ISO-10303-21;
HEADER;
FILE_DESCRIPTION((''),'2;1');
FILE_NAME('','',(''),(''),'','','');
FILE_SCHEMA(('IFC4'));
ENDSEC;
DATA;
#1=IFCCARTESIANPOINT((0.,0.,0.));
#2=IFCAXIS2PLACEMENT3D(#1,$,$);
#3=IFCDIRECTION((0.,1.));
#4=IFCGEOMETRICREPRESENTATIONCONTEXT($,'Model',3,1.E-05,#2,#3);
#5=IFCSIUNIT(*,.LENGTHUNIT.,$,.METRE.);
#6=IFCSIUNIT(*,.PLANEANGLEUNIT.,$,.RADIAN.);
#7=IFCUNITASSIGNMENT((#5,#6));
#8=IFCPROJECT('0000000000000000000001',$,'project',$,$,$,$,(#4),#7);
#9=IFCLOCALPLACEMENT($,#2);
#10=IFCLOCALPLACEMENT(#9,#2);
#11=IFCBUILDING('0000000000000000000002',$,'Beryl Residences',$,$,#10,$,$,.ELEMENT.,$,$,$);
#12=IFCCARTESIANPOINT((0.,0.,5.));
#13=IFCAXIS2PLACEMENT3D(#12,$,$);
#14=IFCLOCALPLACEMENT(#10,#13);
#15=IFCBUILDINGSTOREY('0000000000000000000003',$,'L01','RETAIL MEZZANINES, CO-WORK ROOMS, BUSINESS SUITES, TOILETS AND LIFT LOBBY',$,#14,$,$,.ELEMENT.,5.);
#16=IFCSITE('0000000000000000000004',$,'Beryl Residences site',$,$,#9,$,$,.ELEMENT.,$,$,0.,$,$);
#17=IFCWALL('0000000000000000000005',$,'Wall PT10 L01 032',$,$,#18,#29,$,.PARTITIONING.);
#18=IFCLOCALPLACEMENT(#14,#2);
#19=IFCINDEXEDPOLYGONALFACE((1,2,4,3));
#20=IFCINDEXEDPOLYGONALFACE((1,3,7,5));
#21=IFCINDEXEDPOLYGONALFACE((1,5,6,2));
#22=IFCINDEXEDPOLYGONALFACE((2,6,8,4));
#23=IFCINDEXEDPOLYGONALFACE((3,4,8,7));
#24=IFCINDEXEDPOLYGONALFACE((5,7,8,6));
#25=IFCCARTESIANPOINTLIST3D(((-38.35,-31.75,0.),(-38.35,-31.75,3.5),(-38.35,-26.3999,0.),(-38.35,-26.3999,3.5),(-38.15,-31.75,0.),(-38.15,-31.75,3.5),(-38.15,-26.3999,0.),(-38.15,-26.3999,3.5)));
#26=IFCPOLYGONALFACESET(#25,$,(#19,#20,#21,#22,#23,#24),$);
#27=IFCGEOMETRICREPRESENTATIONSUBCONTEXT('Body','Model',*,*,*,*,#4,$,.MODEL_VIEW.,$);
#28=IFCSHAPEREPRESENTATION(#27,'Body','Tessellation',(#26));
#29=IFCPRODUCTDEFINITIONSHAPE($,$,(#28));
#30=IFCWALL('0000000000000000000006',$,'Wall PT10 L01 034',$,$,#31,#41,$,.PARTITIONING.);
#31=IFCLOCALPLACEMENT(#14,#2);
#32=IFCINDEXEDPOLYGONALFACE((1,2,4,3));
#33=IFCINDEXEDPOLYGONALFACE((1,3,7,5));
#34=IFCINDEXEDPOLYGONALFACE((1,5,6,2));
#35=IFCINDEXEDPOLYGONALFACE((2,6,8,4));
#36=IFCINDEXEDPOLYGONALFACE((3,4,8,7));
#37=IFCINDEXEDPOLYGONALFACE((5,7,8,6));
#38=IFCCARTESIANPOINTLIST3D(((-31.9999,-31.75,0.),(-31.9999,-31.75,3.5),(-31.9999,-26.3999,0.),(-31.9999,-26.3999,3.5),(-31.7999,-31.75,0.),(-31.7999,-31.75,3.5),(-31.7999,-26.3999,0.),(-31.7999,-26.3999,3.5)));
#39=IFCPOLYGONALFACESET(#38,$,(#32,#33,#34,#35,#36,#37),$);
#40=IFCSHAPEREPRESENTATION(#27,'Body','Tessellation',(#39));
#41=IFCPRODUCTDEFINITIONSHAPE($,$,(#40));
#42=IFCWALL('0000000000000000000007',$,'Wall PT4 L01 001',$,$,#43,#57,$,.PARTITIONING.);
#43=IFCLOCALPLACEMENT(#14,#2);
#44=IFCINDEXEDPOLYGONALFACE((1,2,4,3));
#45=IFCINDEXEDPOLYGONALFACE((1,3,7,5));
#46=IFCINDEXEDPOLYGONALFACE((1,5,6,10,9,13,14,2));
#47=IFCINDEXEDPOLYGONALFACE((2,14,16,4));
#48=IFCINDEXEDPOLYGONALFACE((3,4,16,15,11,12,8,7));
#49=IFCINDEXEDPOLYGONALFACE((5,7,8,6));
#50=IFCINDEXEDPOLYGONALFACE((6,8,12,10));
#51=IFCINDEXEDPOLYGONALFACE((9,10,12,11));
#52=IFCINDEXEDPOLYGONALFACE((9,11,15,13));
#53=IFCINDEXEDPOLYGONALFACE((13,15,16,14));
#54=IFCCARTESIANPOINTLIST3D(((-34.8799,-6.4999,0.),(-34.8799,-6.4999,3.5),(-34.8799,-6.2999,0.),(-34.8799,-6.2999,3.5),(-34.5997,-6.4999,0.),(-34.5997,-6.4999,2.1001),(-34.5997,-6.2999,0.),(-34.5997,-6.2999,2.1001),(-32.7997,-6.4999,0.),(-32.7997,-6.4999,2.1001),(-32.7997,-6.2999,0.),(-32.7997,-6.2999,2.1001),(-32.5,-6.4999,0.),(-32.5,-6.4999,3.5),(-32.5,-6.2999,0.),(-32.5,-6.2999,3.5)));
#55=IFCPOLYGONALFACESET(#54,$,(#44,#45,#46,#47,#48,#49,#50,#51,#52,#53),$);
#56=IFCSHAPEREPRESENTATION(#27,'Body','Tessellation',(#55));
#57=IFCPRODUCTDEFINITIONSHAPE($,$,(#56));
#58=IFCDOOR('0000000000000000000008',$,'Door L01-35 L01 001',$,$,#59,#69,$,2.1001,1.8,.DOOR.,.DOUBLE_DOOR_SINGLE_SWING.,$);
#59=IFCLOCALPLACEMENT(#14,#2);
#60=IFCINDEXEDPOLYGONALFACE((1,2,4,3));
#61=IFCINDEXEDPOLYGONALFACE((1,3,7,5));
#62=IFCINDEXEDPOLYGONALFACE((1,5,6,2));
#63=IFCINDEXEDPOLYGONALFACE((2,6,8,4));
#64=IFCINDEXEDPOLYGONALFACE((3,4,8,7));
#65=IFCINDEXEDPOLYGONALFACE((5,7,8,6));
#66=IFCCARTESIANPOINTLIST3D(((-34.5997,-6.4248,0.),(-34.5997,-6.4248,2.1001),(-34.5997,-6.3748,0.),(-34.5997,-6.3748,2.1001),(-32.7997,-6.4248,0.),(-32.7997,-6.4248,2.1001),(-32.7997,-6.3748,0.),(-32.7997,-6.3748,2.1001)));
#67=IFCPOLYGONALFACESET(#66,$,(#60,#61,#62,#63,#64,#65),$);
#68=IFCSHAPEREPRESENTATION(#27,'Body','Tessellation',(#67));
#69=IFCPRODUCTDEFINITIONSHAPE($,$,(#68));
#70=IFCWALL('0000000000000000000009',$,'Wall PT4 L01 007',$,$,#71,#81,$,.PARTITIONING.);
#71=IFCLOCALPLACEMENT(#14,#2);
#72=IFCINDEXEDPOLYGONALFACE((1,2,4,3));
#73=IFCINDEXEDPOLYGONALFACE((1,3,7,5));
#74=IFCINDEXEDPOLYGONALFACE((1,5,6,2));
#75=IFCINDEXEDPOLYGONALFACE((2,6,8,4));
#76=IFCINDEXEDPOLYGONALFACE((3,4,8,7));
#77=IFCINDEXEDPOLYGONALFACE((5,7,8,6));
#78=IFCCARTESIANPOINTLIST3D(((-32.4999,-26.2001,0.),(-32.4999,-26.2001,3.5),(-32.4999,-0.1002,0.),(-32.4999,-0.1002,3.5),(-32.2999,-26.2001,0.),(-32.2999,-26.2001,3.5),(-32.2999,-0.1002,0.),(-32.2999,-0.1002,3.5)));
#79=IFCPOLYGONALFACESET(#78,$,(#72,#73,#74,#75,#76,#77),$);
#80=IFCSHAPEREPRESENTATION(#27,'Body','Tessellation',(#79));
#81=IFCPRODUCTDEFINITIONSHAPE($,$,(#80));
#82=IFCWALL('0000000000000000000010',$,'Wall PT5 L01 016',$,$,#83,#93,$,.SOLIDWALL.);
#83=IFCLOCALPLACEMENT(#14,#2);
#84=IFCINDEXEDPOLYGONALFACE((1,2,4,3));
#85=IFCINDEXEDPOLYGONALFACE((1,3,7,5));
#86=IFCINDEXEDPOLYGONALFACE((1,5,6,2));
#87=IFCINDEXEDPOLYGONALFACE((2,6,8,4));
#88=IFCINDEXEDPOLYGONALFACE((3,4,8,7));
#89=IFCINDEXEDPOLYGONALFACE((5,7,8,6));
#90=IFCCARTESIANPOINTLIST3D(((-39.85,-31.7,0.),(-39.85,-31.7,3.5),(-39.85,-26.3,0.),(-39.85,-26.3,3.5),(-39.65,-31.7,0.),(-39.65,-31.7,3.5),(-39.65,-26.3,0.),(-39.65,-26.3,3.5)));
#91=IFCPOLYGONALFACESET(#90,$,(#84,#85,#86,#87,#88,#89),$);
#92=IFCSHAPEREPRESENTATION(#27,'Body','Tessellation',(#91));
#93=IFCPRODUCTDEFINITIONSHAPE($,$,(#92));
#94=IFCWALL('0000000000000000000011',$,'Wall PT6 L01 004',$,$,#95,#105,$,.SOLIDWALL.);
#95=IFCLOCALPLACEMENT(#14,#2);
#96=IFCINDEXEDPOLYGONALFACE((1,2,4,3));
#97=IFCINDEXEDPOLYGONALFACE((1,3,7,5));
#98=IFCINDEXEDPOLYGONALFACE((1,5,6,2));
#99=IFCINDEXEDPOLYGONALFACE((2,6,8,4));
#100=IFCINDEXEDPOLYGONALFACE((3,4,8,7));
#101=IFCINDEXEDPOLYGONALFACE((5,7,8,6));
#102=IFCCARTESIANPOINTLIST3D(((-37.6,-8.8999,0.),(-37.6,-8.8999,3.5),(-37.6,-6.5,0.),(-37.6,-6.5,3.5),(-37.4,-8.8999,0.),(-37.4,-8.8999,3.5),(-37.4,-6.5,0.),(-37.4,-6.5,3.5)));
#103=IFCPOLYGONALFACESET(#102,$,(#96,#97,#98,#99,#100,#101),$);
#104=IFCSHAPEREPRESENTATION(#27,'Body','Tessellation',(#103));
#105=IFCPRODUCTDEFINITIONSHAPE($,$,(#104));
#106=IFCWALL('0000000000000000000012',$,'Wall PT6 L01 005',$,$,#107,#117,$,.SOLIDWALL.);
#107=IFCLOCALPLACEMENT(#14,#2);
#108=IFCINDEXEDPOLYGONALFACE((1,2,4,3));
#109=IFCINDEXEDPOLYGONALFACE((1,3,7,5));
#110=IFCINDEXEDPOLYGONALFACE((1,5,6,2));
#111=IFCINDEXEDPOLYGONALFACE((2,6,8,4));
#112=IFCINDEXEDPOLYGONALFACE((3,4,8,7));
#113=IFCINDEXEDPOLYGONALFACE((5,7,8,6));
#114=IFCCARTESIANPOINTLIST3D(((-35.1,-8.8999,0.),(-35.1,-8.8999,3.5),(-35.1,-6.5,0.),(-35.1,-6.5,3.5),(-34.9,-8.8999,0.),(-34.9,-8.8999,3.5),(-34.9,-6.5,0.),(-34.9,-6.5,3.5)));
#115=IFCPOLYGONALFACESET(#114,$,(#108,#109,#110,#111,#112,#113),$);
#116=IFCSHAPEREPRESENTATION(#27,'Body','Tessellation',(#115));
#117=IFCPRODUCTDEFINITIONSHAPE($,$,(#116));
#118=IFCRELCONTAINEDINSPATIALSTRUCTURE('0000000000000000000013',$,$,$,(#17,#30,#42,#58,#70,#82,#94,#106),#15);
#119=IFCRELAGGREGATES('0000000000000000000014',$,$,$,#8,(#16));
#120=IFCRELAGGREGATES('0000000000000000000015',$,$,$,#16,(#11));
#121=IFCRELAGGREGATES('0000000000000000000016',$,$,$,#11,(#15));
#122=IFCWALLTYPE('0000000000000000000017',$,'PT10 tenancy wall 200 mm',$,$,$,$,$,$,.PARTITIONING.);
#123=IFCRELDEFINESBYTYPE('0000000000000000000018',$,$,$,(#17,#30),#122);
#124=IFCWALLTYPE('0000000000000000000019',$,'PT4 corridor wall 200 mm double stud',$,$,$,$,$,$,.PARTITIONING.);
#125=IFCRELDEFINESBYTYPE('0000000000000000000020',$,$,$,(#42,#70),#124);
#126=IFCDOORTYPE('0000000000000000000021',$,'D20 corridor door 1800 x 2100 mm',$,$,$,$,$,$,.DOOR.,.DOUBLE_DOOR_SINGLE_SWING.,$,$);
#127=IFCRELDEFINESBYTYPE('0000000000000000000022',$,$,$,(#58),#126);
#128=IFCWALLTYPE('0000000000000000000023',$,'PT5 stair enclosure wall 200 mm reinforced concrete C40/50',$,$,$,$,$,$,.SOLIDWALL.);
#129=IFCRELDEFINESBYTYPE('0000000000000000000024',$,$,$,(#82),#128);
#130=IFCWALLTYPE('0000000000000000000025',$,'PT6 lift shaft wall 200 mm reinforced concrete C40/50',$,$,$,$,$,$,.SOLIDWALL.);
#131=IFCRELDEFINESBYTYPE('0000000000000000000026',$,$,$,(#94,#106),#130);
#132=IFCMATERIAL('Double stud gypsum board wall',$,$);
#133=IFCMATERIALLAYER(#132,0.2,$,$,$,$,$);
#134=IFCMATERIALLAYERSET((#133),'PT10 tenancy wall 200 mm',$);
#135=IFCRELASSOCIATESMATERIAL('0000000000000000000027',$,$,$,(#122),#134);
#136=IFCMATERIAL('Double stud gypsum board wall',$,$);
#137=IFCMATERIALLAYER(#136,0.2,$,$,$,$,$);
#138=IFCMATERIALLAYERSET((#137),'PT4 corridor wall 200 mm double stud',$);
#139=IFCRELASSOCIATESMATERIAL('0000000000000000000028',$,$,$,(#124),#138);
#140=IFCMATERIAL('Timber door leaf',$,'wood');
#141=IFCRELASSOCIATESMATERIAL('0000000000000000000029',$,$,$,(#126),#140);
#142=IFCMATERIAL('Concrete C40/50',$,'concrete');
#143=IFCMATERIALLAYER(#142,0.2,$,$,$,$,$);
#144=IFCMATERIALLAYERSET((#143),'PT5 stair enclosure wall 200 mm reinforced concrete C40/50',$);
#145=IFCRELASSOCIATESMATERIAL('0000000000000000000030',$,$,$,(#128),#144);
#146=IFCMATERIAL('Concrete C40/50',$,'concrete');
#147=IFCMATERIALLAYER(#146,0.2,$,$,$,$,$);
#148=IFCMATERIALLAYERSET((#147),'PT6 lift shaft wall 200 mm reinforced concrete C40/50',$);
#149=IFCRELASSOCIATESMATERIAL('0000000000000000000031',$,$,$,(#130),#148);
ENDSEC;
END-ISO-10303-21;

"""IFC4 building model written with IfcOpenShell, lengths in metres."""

from ifc_helpers import new_model, si_unit, direction, frame, frame_2d, origin, place, context, subcontext, project, spatial, rectangle, extrude, material, layer, layer_set, type_object, element, fill, save


model = new_model("IFC4")

# Units and contexts
model_context = context("Model", 3, precision=1e-05, world=origin(), true_north=direction((0.0, 1.0)))
body_context = subcontext(model_context, "Body", "Model", "MODEL_VIEW")
ifc_project = project(units=[si_unit("LENGTHUNIT", "METRE"), si_unit("PLANEANGLEUNIT", "RADIAN")], contexts=[model_context])

# Site, building, storey
site_placement = place(None, origin())
site = spatial("IfcSite", under=ifc_project, at=site_placement, Name="Beryl Residences site", CompositionType="ELEMENT", RefElevation=0.0)
building_placement = place(site_placement, origin())
building = spatial("IfcBuilding", under=site, at=building_placement, Name="Beryl Residences", CompositionType="ELEMENT")
storey_placement = place(building_placement, frame((0.0, 0.0, 5.0)))
storey = spatial("IfcBuildingStorey", under=building, at=storey_placement, Name="L01", Description="RETAIL MEZZANINES, CO-WORK ROOMS, BUSINESS SUITES, TOILETS AND LIFT LOBBY", CompositionType="ELEMENT", Elevation=5.0)

# Shared definitions
ifc_material_1 = material(Name="Double stud gypsum board wall")
ifc_layer_1 = layer(ifc_material_1, 0.2)
ifc_layer_set_1 = layer_set([ifc_layer_1], Name="PT10 tenancy wall 200 mm")
wall_type_1 = type_object("IfcWallType", Name="PT10 tenancy wall 200 mm", PredefinedType="PARTITIONING", material=ifc_layer_set_1)

# Walls
for number, where, z_axis, x_axis, name in (
    (1, (-38.25, -31.75, 0.0), (0.0, 0.0, 1.0), (0.0, 1.0, 0.0), "Wall PT10 L01 032"),
    (2, (-31.8999, -31.75, 0.0), (0.0, 0.0, 1.0), (0.0, 1.0, 0.0), "Wall PT10 L01 034"),
):
    element("IfcWall", number, at=place(storey_placement, frame(where, z_axis=z_axis, x_axis=x_axis)), inside=storey, type_object=wall_type_1, Name=name, PredefinedType="PARTITIONING", context=body_context, shape_type="SweptSolid", body=[
        extrude(rectangle(XDim=5.3501, YDim=0.2, at=frame_2d((2.675, 0.0))), origin(), (0.0, 0.0, 1.0), 3.5),
    ])

# Wall, opening, door
ifc_material_2 = material(Name="Double stud gypsum board wall")
ifc_layer_2 = layer(ifc_material_2, 0.2)
ifc_layer_set_2 = layer_set([ifc_layer_2], Name="PT4 corridor wall 200 mm double stud")
wall_type_2 = type_object("IfcWallType", Name="PT4 corridor wall 200 mm double stud", PredefinedType="PARTITIONING", material=ifc_layer_set_2)
wall_1_placement = place(storey_placement, frame((-34.8799, -6.3999, 0.0), z_axis=(0.0, 0.0, 1.0), x_axis=(1.0, 0.0, 0.0)))
wall_1 = element("IfcWall", 3, at=wall_1_placement, inside=storey, type_object=wall_type_2, Name="Wall PT4 L01 001", PredefinedType="PARTITIONING", context=body_context, shape_type="SweptSolid", body=[
    extrude(rectangle(XDim=2.3799, YDim=0.2, at=frame_2d((1.1899, 0.0))), origin(), (0.0, 0.0, 1.0), 3.5),
])
opening_1_placement = place(wall_1_placement, frame((2.0801, 0.0, 0.0), z_axis=(0.0, 0.0, 1.0), x_axis=(-1.0, 0.0, 0.0)))
opening_1 = element("IfcOpeningElement", 4, at=opening_1_placement, cuts=wall_1, PredefinedType="OPENING", context=body_context, shape_type="SweptSolid", body=[
    extrude(rectangle(XDim=1.8, YDim=2.1001, at=frame_2d((0.8999, 1.05))), frame((0.0, 0.1099, 0.0), z_axis=(0.0, -1.0, 0.0), x_axis=(1.0, 0.0, 0.0)), (0.0, 0.0, 1.0), 0.22),
])
ifc_material_3 = material(Name="Timber door leaf", Category="wood")
door_type_1 = type_object("IfcDoorType", Name="D20 corridor door 1800 x 2100 mm", OperationType="DOUBLE_DOOR_SINGLE_SWING", PredefinedType="DOOR", material=ifc_material_3)
door_1_placement = place(opening_1_placement, origin())
door_1 = element("IfcDoor", 5, at=door_1_placement, inside=storey, type_object=door_type_1, Name="Door L01-35 L01 001", OperationType="DOUBLE_DOOR_SINGLE_SWING", OverallHeight=2.1001, OverallWidth=1.8, PredefinedType="DOOR", context=body_context, shape_type="SweptSolid", body=[
    extrude(rectangle(XDim=1.8, YDim=2.1001, at=frame_2d((0.8999, 1.05))), frame((0.0, 0.0249, 0.0), z_axis=(0.0, -1.0, 0.0), x_axis=(1.0, 0.0, 0.0)), (0.0, 0.0, 1.0), 0.05),
])
fill(opening_1, door_1)

# Walls
wall_2_placement = place(storey_placement, frame((-32.3999, -26.2, 0.0), z_axis=(0.0, 0.0, 1.0), x_axis=(0.0, 1.0, 0.0)))
element("IfcWall", 6, at=wall_2_placement, inside=storey, type_object=wall_type_2, Name="Wall PT4 L01 007", PredefinedType="PARTITIONING", context=body_context, shape_type="SweptSolid", body=[
    extrude(rectangle(XDim=26.0999, YDim=0.2, at=frame_2d((13.0498, 0.0))), origin(), (0.0, 0.0, 1.0), 3.5),
])
ifc_material_4 = material(Name="Concrete C40/50", Category="concrete")
ifc_layer_3 = layer(ifc_material_4, 0.2)
ifc_layer_set_3 = layer_set([ifc_layer_3], Name="PT5 stair enclosure wall 200 mm reinforced concrete C40/50")
wall_type_3 = type_object("IfcWallType", Name="PT5 stair enclosure wall 200 mm reinforced concrete C40/50", PredefinedType="SOLIDWALL", material=ifc_layer_set_3)
wall_3_placement = place(storey_placement, frame((-39.75, -31.7, 0.0), z_axis=(0.0, 0.0, 1.0), x_axis=(0.0, 1.0, 0.0)))
element("IfcWall", 7, at=wall_3_placement, inside=storey, type_object=wall_type_3, Name="Wall PT5 L01 016", PredefinedType="SOLIDWALL", context=body_context, shape_type="SweptSolid", body=[
    extrude(rectangle(XDim=5.3999, YDim=0.2, at=frame_2d((2.7, 0.0))), origin(), (0.0, 0.0, 1.0), 3.5),
])
ifc_material_5 = material(Name="Concrete C40/50", Category="concrete")
ifc_layer_4 = layer(ifc_material_5, 0.2)
ifc_layer_set_4 = layer_set([ifc_layer_4], Name="PT6 lift shaft wall 200 mm reinforced concrete C40/50")
wall_type_4 = type_object("IfcWallType", Name="PT6 lift shaft wall 200 mm reinforced concrete C40/50", PredefinedType="SOLIDWALL", material=ifc_layer_set_4)
for number, where, z_axis, x_axis, name in (
    (8, (-37.5, -8.8999, 0.0), (0.0, 0.0, 1.0), (0.0, 1.0, 0.0), "Wall PT6 L01 004"),
    (9, (-35.0, -8.8999, 0.0), (0.0, 0.0, 1.0), (0.0, 1.0, 0.0), "Wall PT6 L01 005"),
):
    element("IfcWall", number, at=place(storey_placement, frame(where, z_axis=z_axis, x_axis=x_axis)), inside=storey, type_object=wall_type_4, Name=name, PredefinedType="SOLIDWALL", context=body_context, shape_type="SweptSolid", body=[
        extrude(rectangle(XDim=2.3999, YDim=0.2, at=frame_2d((1.2, 0.0))), origin(), (0.0, 0.0, 1.0), 3.5),
    ])

save(model, "model.ifc")
